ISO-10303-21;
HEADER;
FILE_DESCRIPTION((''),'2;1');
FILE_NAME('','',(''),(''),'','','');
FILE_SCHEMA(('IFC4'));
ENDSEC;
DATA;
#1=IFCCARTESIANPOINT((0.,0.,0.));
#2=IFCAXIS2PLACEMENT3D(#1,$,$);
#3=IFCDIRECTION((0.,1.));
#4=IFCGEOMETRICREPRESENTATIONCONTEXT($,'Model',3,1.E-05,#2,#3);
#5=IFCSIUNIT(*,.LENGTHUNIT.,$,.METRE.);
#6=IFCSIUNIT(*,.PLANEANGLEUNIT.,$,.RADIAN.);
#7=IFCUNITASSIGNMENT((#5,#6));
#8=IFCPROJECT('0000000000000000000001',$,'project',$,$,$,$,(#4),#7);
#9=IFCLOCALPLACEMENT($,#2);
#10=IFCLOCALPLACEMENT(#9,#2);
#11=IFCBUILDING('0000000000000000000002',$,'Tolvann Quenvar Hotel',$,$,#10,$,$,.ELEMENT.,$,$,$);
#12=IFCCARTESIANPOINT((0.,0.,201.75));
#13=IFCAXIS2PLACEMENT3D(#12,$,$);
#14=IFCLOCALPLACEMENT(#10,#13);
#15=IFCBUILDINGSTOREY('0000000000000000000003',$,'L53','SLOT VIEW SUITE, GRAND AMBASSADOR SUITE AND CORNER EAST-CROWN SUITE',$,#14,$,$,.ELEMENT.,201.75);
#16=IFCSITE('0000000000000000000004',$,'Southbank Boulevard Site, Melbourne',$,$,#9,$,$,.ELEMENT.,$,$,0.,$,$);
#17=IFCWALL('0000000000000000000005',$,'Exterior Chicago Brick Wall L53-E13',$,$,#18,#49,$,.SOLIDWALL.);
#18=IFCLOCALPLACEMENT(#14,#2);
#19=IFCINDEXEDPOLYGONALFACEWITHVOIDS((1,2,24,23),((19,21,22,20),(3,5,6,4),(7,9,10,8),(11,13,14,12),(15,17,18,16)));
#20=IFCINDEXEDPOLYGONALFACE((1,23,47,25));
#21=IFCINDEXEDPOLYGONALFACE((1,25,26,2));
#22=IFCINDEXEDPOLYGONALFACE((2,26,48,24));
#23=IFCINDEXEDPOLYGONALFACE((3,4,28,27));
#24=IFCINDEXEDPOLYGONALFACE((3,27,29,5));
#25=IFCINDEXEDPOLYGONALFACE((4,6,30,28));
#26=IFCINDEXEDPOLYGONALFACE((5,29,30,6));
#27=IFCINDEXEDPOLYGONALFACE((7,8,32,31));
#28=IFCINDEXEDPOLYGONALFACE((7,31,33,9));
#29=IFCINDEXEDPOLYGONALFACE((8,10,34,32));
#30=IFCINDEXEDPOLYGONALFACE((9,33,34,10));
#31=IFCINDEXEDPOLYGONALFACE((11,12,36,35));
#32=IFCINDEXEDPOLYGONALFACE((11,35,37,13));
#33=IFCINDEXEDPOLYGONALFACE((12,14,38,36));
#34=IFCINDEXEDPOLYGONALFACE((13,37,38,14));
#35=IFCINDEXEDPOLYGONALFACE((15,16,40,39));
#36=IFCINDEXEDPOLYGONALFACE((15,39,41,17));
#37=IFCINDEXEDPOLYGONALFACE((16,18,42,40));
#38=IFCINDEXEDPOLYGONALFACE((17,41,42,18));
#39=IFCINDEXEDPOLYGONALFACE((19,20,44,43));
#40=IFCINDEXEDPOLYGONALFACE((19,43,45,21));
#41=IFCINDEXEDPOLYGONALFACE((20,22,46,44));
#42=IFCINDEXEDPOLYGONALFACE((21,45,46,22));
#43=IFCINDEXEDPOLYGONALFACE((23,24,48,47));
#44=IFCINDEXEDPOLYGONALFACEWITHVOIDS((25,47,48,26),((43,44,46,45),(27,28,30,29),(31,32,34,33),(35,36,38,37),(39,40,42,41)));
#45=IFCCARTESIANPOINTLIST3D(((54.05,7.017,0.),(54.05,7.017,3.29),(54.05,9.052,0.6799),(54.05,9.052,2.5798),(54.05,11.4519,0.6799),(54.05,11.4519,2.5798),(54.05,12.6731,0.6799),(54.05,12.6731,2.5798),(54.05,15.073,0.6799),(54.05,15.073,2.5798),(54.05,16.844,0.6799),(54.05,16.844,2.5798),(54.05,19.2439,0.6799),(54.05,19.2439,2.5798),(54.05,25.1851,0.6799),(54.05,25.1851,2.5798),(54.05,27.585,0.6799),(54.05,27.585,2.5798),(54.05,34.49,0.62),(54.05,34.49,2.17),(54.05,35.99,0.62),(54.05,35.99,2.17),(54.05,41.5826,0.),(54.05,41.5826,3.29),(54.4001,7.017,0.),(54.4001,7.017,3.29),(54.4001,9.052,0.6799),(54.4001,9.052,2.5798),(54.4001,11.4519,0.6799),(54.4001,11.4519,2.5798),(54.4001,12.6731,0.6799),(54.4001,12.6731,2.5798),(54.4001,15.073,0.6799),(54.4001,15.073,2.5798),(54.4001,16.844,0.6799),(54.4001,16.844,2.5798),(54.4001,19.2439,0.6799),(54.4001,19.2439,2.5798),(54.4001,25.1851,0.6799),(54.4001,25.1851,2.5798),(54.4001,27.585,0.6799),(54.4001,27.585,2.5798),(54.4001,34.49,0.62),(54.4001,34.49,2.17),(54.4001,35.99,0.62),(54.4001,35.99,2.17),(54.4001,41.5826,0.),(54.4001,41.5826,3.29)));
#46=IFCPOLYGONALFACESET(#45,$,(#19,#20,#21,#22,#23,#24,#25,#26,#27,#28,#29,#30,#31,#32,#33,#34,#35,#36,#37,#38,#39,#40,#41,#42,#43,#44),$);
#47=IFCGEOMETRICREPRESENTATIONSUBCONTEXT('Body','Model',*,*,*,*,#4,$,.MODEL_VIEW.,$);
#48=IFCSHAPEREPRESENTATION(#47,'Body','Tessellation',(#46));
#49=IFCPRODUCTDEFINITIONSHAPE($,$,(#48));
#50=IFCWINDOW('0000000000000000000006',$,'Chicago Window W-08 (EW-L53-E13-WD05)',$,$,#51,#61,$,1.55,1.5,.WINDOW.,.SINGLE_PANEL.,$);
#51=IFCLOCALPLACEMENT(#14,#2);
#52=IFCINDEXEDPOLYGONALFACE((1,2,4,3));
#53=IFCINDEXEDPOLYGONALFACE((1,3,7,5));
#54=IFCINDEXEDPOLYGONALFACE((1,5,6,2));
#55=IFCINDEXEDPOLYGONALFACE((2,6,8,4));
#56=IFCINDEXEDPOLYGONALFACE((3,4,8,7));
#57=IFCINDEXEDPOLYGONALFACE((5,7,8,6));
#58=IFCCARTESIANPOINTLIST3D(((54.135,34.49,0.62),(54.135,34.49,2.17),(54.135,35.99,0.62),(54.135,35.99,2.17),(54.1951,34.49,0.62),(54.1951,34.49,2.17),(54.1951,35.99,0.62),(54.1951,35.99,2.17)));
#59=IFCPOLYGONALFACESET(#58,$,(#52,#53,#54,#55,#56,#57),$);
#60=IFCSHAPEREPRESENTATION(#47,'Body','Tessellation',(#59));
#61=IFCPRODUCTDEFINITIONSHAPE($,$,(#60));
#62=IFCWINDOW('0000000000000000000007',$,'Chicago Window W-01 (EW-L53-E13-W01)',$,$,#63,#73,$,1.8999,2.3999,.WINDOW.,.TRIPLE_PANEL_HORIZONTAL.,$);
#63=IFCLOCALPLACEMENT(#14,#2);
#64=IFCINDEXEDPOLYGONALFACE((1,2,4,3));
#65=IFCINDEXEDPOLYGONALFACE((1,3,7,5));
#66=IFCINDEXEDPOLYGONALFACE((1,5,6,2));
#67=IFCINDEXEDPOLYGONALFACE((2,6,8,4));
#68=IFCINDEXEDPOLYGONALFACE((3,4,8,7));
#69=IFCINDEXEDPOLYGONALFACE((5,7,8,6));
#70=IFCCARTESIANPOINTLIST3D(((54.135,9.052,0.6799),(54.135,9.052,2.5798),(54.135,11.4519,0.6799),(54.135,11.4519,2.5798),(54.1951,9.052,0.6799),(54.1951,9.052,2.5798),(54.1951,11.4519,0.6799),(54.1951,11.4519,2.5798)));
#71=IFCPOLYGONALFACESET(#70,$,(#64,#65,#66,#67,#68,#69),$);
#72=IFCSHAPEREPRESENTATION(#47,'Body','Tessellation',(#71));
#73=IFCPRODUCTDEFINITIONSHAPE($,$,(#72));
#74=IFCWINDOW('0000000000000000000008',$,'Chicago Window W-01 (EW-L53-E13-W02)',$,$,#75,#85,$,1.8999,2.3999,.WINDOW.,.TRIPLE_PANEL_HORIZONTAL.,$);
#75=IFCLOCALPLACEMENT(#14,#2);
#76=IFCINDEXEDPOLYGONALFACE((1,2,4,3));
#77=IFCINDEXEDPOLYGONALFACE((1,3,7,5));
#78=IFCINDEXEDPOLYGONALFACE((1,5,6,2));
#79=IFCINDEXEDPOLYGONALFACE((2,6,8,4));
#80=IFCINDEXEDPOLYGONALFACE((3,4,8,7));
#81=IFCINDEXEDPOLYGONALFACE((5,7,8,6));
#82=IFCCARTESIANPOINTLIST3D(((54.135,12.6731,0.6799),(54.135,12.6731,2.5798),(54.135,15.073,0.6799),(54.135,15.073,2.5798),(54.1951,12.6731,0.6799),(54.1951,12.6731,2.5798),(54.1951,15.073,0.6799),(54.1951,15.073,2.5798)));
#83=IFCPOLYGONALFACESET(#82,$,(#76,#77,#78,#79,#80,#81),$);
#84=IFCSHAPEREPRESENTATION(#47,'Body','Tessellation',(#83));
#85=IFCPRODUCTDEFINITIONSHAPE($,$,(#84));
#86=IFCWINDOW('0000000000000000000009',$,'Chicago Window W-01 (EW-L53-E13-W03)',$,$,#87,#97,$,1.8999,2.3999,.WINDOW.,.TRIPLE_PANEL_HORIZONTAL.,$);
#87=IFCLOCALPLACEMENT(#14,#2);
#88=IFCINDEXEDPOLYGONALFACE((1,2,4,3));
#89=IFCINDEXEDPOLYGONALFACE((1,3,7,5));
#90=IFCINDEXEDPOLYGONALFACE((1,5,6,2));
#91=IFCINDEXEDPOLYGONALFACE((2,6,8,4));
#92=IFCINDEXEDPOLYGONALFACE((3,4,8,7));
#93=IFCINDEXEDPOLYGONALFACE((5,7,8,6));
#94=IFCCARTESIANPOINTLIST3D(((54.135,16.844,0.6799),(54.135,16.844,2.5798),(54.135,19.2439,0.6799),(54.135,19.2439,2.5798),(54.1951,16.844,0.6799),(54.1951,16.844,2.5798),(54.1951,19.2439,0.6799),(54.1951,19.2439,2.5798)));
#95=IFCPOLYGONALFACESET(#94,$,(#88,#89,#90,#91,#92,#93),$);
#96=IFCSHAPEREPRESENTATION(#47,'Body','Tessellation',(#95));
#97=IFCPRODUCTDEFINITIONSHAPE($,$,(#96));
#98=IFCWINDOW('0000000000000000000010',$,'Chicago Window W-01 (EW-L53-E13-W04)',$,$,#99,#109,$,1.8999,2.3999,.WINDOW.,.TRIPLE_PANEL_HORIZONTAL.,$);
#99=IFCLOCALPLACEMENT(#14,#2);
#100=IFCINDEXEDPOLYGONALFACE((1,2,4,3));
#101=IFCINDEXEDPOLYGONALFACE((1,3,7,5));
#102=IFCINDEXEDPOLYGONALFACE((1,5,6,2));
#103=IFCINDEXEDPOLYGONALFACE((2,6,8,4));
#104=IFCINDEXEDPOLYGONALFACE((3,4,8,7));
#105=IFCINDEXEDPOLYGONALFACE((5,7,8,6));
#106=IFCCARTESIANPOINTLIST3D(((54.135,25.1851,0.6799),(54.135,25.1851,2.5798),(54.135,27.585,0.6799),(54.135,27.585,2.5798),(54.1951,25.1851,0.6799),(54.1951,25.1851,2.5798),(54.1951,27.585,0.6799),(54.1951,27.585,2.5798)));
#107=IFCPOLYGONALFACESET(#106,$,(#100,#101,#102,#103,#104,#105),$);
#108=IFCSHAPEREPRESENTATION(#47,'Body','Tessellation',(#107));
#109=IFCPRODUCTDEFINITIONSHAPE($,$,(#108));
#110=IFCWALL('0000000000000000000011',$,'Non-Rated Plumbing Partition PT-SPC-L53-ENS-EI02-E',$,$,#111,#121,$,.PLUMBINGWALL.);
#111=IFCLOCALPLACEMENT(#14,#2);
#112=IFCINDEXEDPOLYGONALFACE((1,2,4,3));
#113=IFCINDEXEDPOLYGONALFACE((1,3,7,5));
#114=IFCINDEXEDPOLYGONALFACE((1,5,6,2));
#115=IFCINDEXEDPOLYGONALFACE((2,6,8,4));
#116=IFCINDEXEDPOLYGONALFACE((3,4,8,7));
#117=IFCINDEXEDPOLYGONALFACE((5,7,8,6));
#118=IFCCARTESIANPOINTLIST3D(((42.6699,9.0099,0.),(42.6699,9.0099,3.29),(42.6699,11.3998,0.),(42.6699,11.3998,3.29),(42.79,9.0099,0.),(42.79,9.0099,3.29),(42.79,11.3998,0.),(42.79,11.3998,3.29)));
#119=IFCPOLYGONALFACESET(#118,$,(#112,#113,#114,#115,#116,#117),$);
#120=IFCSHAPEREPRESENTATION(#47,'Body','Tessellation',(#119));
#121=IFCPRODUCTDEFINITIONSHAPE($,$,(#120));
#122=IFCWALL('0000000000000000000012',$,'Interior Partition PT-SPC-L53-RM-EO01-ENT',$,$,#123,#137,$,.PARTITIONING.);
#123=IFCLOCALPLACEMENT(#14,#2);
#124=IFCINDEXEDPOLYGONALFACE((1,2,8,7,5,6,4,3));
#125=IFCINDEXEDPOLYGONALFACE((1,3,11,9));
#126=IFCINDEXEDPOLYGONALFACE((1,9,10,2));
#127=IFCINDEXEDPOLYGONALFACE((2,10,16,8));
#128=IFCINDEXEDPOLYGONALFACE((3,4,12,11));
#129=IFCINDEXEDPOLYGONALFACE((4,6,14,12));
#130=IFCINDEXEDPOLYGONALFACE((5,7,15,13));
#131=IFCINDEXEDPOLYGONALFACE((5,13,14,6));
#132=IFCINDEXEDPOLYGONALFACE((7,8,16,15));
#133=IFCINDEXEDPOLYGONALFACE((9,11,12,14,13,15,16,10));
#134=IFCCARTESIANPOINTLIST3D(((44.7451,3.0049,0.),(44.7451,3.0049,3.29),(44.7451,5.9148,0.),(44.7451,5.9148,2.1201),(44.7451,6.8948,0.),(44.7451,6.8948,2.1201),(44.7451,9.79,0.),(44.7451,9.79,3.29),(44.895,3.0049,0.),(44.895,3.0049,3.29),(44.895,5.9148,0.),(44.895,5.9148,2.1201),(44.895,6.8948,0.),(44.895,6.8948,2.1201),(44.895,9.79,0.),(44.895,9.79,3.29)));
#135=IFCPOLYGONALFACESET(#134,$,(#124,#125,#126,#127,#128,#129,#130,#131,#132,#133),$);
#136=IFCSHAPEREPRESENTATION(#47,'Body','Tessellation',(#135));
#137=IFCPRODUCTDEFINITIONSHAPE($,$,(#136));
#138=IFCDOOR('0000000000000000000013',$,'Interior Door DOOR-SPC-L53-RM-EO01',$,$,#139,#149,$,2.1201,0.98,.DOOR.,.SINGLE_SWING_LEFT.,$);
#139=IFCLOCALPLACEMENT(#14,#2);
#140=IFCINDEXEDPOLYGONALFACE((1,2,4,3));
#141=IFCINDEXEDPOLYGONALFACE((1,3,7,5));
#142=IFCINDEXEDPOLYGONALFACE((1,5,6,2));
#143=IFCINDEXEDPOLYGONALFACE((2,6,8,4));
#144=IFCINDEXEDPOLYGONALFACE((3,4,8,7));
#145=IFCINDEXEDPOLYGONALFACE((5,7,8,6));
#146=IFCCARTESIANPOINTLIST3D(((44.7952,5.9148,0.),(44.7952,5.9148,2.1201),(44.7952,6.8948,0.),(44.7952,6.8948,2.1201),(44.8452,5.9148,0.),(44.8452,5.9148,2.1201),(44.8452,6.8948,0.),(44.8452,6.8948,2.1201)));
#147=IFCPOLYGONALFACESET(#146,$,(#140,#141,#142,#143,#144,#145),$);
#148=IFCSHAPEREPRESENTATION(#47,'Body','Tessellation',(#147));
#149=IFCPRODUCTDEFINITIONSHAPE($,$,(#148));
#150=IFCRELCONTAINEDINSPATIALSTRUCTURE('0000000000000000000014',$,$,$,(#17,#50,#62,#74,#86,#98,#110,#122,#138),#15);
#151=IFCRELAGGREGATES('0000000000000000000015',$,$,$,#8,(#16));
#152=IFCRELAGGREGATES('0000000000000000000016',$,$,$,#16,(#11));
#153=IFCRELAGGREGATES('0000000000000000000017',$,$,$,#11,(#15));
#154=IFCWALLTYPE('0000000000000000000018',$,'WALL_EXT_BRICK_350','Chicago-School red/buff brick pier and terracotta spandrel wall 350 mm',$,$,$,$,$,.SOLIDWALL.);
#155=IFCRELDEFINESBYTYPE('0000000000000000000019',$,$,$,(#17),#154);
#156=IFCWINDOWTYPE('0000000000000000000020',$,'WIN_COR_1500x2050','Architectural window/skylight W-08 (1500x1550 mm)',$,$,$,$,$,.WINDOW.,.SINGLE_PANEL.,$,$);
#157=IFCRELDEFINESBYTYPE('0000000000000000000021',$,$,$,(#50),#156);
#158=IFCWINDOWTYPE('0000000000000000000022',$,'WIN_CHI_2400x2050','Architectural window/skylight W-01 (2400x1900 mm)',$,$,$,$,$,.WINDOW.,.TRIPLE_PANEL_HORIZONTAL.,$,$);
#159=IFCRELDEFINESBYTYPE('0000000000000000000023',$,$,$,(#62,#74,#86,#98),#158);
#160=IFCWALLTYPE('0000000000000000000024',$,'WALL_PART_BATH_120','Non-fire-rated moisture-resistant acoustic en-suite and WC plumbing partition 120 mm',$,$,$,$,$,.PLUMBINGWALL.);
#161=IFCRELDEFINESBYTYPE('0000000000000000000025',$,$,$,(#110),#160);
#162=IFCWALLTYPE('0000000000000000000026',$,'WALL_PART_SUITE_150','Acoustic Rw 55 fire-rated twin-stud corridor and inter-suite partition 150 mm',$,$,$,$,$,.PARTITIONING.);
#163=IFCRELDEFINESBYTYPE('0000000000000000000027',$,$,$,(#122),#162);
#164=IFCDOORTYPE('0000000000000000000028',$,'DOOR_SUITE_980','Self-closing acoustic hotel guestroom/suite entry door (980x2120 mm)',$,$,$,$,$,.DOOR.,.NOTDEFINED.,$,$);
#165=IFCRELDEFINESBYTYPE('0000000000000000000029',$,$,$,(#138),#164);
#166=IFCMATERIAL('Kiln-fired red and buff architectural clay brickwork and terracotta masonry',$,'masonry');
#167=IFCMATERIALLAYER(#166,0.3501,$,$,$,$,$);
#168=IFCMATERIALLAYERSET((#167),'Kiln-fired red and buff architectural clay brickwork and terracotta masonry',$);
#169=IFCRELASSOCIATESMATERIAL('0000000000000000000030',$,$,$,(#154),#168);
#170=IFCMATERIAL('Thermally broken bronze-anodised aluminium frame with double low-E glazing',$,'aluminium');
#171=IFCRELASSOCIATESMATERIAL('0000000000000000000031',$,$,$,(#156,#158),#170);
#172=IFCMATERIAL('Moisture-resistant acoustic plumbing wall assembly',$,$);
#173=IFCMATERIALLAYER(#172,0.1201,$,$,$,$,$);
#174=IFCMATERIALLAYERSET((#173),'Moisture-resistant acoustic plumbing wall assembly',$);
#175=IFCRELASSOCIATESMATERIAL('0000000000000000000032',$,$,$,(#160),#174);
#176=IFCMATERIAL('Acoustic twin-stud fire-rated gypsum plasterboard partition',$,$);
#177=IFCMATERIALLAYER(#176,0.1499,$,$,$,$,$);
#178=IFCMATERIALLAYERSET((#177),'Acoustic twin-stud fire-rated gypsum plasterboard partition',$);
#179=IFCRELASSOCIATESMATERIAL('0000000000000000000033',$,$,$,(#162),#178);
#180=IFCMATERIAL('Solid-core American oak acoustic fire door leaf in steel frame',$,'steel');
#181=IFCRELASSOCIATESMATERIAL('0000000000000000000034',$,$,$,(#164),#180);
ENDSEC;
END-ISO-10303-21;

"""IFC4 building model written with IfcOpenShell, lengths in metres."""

from ifc_helpers import new_model, si_unit, direction, frame, frame_2d, origin, place, context, subcontext, project, spatial, rectangle, extrude, source, transform, mapped, material, layer, layer_set, type_object, type_shapes, element, fill, save


model = new_model("IFC4")

# Units and contexts
model_context = context("Model", 3, precision=1e-05, world=origin(), true_north=direction((0.0, 1.0)))
body_context = subcontext(model_context, "Body", "Model", "MODEL_VIEW")
ifc_project = project(units=[si_unit("LENGTHUNIT", "METRE"), si_unit("PLANEANGLEUNIT", "RADIAN")], contexts=[model_context])

# Site, building, storey
site_placement = place(None, origin())
site = spatial("IfcSite", under=ifc_project, at=site_placement, Name="Southbank Boulevard Site, Melbourne", CompositionType="ELEMENT", RefElevation=0.0)
building_placement = place(site_placement, origin())
building = spatial("IfcBuilding", under=site, at=building_placement, Name="Tolvann Quenvar Hotel", CompositionType="ELEMENT")
storey_placement = place(building_placement, frame((0.0, 0.0, 201.75)))
storey = spatial("IfcBuildingStorey", under=building, at=storey_placement, Name="L53", Description="SLOT VIEW SUITE, GRAND AMBASSADOR SUITE AND CORNER EAST-CROWN SUITE", CompositionType="ELEMENT", Elevation=201.75)

# Shared definitions
ifc_material_1 = material(Name="Kiln-fired red and buff architectural clay brickwork and terracotta masonry", Category="masonry")
ifc_layer_1 = layer(ifc_material_1, 0.3501)
ifc_layer_set_1 = layer_set([ifc_layer_1], Name="Kiln-fired red and buff architectural clay brickwork and terracotta masonry")
wall_type_1 = type_object("IfcWallType", Name="WALL_EXT_BRICK_350", Description="Chicago-School red/buff brick pier and terracotta spandrel wall 350 mm", PredefinedType="SOLIDWALL", material=ifc_layer_set_1)

# Wall, openings, windows
wall_1_placement = place(storey_placement, frame((54.2251, 7.0171, 0.0), z_axis=(0.0, 0.0, 1.0), x_axis=(0.0, 1.0, 0.0)))
wall_1 = element("IfcWall", 1, at=wall_1_placement, inside=storey, type_object=wall_type_1, Name="Exterior Chicago Brick Wall L53-E13", PredefinedType="SOLIDWALL", context=body_context, shape_type="SweptSolid", body=[
    extrude(rectangle(XDim=34.5657, YDim=0.3501, at=frame_2d((17.2827, 0.0))), origin(), (0.0, 0.0, 1.0), 3.29),
])
opening_1_placement = place(wall_1_placement, frame((2.0349, 0.0, 0.6799)))
opening_1 = element("IfcOpeningElement", 2, at=opening_1_placement, cuts=wall_1, PredefinedType="OPENING", context=body_context, shape_type="SweptSolid", body=[
    extrude(rectangle(XDim=2.3999, YDim=1.8999, at=frame_2d((1.2, 0.95))), frame((0.0, 0.1851, 0.0), z_axis=(0.0, -1.0, 0.0), x_axis=(1.0, 0.0, 0.0)), (0.0, 0.0, 1.0), 0.3701),
])
opening_2_placement = place(wall_1_placement, frame((5.656, 0.0, 0.6799)))
opening_2 = element("IfcOpeningElement", 3, at=opening_2_placement, cuts=wall_1, PredefinedType="OPENING", context=body_context, shape_type="SweptSolid", body=[
    extrude(rectangle(XDim=2.3999, YDim=1.8999, at=frame_2d((1.2, 0.95))), frame((0.0, 0.1851, 0.0), z_axis=(0.0, -1.0, 0.0), x_axis=(1.0, 0.0, 0.0)), (0.0, 0.0, 1.0), 0.3701),
])
opening_3_placement = place(wall_1_placement, frame((9.8269, 0.0, 0.6799)))
opening_3 = element("IfcOpeningElement", 4, at=opening_3_placement, cuts=wall_1, PredefinedType="OPENING", context=body_context, shape_type="SweptSolid", body=[
    extrude(rectangle(XDim=2.3999, YDim=1.8999, at=frame_2d((1.2, 0.95))), frame((0.0, 0.1851, 0.0), z_axis=(0.0, -1.0, 0.0), x_axis=(1.0, 0.0, 0.0)), (0.0, 0.0, 1.0), 0.3701),
])
opening_4_placement = place(wall_1_placement, frame((18.168, 0.0, 0.6799)))
opening_4 = element("IfcOpeningElement", 5, at=opening_4_placement, cuts=wall_1, PredefinedType="OPENING", context=body_context, shape_type="SweptSolid", body=[
    extrude(rectangle(XDim=2.3999, YDim=1.8999, at=frame_2d((1.2, 0.95))), frame((0.0, 0.1851, 0.0), z_axis=(0.0, -1.0, 0.0), x_axis=(1.0, 0.0, 0.0)), (0.0, 0.0, 1.0), 0.3701),
])
opening_5_placement = place(wall_1_placement, frame((27.4729, 0.0, 0.6201)))
opening_5 = element("IfcOpeningElement", 6, at=opening_5_placement, cuts=wall_1, PredefinedType="OPENING", context=body_context, shape_type="SweptSolid", body=[
    extrude(rectangle(XDim=1.5, YDim=1.55, at=frame_2d((0.75, 0.7749))), frame((0.0, 0.1851, 0.0), z_axis=(0.0, -1.0, 0.0), x_axis=(1.0, 0.0, 0.0)), (0.0, 0.0, 1.0), 0.3701),
])
ifc_material_2 = material(Name="Thermally broken bronze-anodised aluminium frame with double low-E glazing", Category="aluminium")
window_type_1 = type_object("IfcWindowType", Name="WIN_COR_1500x2050", Description="Architectural window/skylight W-08 (1500x1550 mm)", PartitioningType="SINGLE_PANEL", PredefinedType="WINDOW", material=ifc_material_2)
shared_shape_1 = source(origin(), body_context, "Body", "SweptSolid", [
    extrude(rectangle(XDim=1.5, YDim=1.55, at=frame_2d((0.75, 0.7749))), frame((0.0, 0.0901, 0.0), z_axis=(0.0, -1.0, 0.0), x_axis=(1.0, 0.0, 0.0)), (0.0, 0.0, 1.0), 0.0601),
])
type_shapes(window_type_1, [shared_shape_1])
window_1_placement = place(opening_5_placement, origin())
window_1 = element("IfcWindow", 7, at=window_1_placement, inside=storey, type_object=window_type_1, Name="Chicago Window W-08 (EW-L53-E13-WD05)", OverallHeight=1.55, OverallWidth=1.5, PartitioningType="SINGLE_PANEL", PredefinedType="WINDOW", context=body_context, shape_type="MappedRepresentation", body=[
    mapped(shared_shape_1, transform((0.0, 0.0, 0.0), x_axis=(1.0, 0.0, 0.0), y_axis=(0.0, 1.0, 0.0), z_axis=(0.0, 0.0, 1.0), scale=1.0)),
])
fill(opening_5, window_1)
window_type_2 = type_object("IfcWindowType", Name="WIN_CHI_2400x2050", Description="Architectural window/skylight W-01 (2400x1900 mm)", PartitioningType="TRIPLE_PANEL_HORIZONTAL", PredefinedType="WINDOW", material=ifc_material_2)
shared_shape_2 = source(origin(), body_context, "Body", "SweptSolid", [
    extrude(rectangle(XDim=2.3999, YDim=1.8999, at=frame_2d((1.2, 0.95))), frame((0.0, 0.0901, 0.0), z_axis=(0.0, -1.0, 0.0), x_axis=(1.0, 0.0, 0.0)), (0.0, 0.0, 1.0), 0.0601),
])
type_shapes(window_type_2, [shared_shape_2])
window_2_placement = place(opening_1_placement, origin())
window_2 = element("IfcWindow", 8, at=window_2_placement, inside=storey, type_object=window_type_2, Name="Chicago Window W-01 (EW-L53-E13-W01)", OverallHeight=1.8999, OverallWidth=2.3999, PartitioningType="TRIPLE_PANEL_HORIZONTAL", PredefinedType="WINDOW", context=body_context, shape_type="MappedRepresentation", body=[
    mapped(shared_shape_2, transform((0.0, 0.0, 0.0), x_axis=(1.0, 0.0, 0.0), y_axis=(0.0, 1.0, 0.0), z_axis=(0.0, 0.0, 1.0), scale=1.0)),
])
fill(opening_1, window_2)
window_3_placement = place(opening_2_placement, origin())
window_3 = element("IfcWindow", 9, at=window_3_placement, inside=storey, type_object=window_type_2, Name="Chicago Window W-01 (EW-L53-E13-W02)", OverallHeight=1.8999, OverallWidth=2.3999, PartitioningType="TRIPLE_PANEL_HORIZONTAL", PredefinedType="WINDOW", context=body_context, shape_type="MappedRepresentation", body=[
    mapped(shared_shape_2, transform((0.0, 0.0, 0.0), x_axis=(1.0, 0.0, 0.0), y_axis=(0.0, 1.0, 0.0), z_axis=(0.0, 0.0, 1.0), scale=1.0)),
])
fill(opening_2, window_3)
window_4_placement = place(opening_3_placement, origin())
window_4 = element("IfcWindow", 10, at=window_4_placement, inside=storey, type_object=window_type_2, Name="Chicago Window W-01 (EW-L53-E13-W03)", OverallHeight=1.8999, OverallWidth=2.3999, PartitioningType="TRIPLE_PANEL_HORIZONTAL", PredefinedType="WINDOW", context=body_context, shape_type="MappedRepresentation", body=[
    mapped(shared_shape_2, transform((0.0, 0.0, 0.0), x_axis=(1.0, 0.0, 0.0), y_axis=(0.0, 1.0, 0.0), z_axis=(0.0, 0.0, 1.0), scale=1.0)),
])
fill(opening_3, window_4)
window_5_placement = place(opening_4_placement, origin())
window_5 = element("IfcWindow", 11, at=window_5_placement, inside=storey, type_object=window_type_2, Name="Chicago Window W-01 (EW-L53-E13-W04)", OverallHeight=1.8999, OverallWidth=2.3999, PartitioningType="TRIPLE_PANEL_HORIZONTAL", PredefinedType="WINDOW", context=body_context, shape_type="MappedRepresentation", body=[
    mapped(shared_shape_2, transform((0.0, 0.0, 0.0), x_axis=(1.0, 0.0, 0.0), y_axis=(0.0, 1.0, 0.0), z_axis=(0.0, 0.0, 1.0), scale=1.0)),
])
fill(opening_4, window_5)

# Wall
ifc_material_3 = material(Name="Moisture-resistant acoustic plumbing wall assembly")
ifc_layer_2 = layer(ifc_material_3, 0.1201)
ifc_layer_set_2 = layer_set([ifc_layer_2], Name="Moisture-resistant acoustic plumbing wall assembly")
wall_type_2 = type_object("IfcWallType", Name="WALL_PART_BATH_120", Description="Non-fire-rated moisture-resistant acoustic en-suite and WC plumbing partition 120 mm", PredefinedType="PLUMBINGWALL", material=ifc_layer_set_2)
wall_2_placement = place(storey_placement, frame((42.73, 9.01, 0.0), z_axis=(0.0, 0.0, 1.0), x_axis=(0.0, 1.0, 0.0)))
element("IfcWall", 12, at=wall_2_placement, inside=storey, type_object=wall_type_2, Name="Non-Rated Plumbing Partition PT-SPC-L53-ENS-EI02-E", PredefinedType="PLUMBINGWALL", context=body_context, shape_type="SweptSolid", body=[
    extrude(rectangle(XDim=2.3899, YDim=0.1201, at=frame_2d((1.1948, 0.0))), origin(), (0.0, 0.0, 1.0), 3.29),
])

# Wall, opening, door
ifc_material_4 = material(Name="Acoustic twin-stud fire-rated gypsum plasterboard partition")
ifc_layer_3 = layer(ifc_material_4, 0.1499)
ifc_layer_set_3 = layer_set([ifc_layer_3], Name="Acoustic twin-stud fire-rated gypsum plasterboard partition")
wall_type_3 = type_object("IfcWallType", Name="WALL_PART_SUITE_150", Description="Acoustic Rw 55 fire-rated twin-stud corridor and inter-suite partition 150 mm", PredefinedType="PARTITIONING", material=ifc_layer_set_3)
wall_3_placement = place(storey_placement, frame((44.8201, 3.0049, 0.0), z_axis=(0.0, 0.0, 1.0), x_axis=(0.0, 1.0, 0.0)))
wall_3 = element("IfcWall", 13, at=wall_3_placement, inside=storey, type_object=wall_type_3, Name="Interior Partition PT-SPC-L53-RM-EO01-ENT", PredefinedType="PARTITIONING", context=body_context, shape_type="SweptSolid", body=[
    extrude(rectangle(XDim=6.7852, YDim=0.1499, at=frame_2d((3.3926, 0.0))), origin(), (0.0, 0.0, 1.0), 3.29),
])
opening_6_placement = place(wall_3_placement, frame((2.9099, 0.0, 0.0)))
opening_6 = element("IfcOpeningElement", 14, at=opening_6_placement, cuts=wall_3, PredefinedType="OPENING", context=body_context, shape_type="SweptSolid", body=[
    extrude(rectangle(XDim=0.98, YDim=2.1201, at=frame_2d((0.49, 1.0601))), frame((0.0, 0.085, 0.0), z_axis=(0.0, -1.0, 0.0), x_axis=(1.0, 0.0, 0.0)), (0.0, 0.0, 1.0), 0.1699),
])
ifc_material_5 = material(Name="Solid-core American oak acoustic fire door leaf in steel frame", Category="steel")
door_type = type_object("IfcDoorType", Name="DOOR_SUITE_980", Description="Self-closing acoustic hotel guestroom/suite entry door (980x2120 mm)", OperationType="NOTDEFINED", PredefinedType="DOOR", material=ifc_material_5)
shared_shape_3 = source(origin(), body_context, "Body", "SweptSolid", [
    extrude(rectangle(XDim=0.98, YDim=2.1201, at=frame_2d((0.49, 1.0601))), frame((0.0, 0.0249, 0.0), z_axis=(0.0, -1.0, 0.0), x_axis=(1.0, 0.0, 0.0)), (0.0, 0.0, 1.0), 0.05),
])
type_shapes(door_type, [shared_shape_3])
door_placement = place(opening_6_placement, origin())
door = element("IfcDoor", 15, at=door_placement, inside=storey, type_object=door_type, Name="Interior Door DOOR-SPC-L53-RM-EO01", OperationType="SINGLE_SWING_LEFT", OverallHeight=2.1201, OverallWidth=0.98, PredefinedType="DOOR", context=body_context, shape_type="MappedRepresentation", body=[
    mapped(shared_shape_3, transform((0.0, 0.0, 0.0), x_axis=(1.0, 0.0, 0.0), y_axis=(0.0, 1.0, 0.0), z_axis=(0.0, 0.0, 1.0), scale=1.0)),
])
fill(opening_6, door)

save(model, "model.ifc")
